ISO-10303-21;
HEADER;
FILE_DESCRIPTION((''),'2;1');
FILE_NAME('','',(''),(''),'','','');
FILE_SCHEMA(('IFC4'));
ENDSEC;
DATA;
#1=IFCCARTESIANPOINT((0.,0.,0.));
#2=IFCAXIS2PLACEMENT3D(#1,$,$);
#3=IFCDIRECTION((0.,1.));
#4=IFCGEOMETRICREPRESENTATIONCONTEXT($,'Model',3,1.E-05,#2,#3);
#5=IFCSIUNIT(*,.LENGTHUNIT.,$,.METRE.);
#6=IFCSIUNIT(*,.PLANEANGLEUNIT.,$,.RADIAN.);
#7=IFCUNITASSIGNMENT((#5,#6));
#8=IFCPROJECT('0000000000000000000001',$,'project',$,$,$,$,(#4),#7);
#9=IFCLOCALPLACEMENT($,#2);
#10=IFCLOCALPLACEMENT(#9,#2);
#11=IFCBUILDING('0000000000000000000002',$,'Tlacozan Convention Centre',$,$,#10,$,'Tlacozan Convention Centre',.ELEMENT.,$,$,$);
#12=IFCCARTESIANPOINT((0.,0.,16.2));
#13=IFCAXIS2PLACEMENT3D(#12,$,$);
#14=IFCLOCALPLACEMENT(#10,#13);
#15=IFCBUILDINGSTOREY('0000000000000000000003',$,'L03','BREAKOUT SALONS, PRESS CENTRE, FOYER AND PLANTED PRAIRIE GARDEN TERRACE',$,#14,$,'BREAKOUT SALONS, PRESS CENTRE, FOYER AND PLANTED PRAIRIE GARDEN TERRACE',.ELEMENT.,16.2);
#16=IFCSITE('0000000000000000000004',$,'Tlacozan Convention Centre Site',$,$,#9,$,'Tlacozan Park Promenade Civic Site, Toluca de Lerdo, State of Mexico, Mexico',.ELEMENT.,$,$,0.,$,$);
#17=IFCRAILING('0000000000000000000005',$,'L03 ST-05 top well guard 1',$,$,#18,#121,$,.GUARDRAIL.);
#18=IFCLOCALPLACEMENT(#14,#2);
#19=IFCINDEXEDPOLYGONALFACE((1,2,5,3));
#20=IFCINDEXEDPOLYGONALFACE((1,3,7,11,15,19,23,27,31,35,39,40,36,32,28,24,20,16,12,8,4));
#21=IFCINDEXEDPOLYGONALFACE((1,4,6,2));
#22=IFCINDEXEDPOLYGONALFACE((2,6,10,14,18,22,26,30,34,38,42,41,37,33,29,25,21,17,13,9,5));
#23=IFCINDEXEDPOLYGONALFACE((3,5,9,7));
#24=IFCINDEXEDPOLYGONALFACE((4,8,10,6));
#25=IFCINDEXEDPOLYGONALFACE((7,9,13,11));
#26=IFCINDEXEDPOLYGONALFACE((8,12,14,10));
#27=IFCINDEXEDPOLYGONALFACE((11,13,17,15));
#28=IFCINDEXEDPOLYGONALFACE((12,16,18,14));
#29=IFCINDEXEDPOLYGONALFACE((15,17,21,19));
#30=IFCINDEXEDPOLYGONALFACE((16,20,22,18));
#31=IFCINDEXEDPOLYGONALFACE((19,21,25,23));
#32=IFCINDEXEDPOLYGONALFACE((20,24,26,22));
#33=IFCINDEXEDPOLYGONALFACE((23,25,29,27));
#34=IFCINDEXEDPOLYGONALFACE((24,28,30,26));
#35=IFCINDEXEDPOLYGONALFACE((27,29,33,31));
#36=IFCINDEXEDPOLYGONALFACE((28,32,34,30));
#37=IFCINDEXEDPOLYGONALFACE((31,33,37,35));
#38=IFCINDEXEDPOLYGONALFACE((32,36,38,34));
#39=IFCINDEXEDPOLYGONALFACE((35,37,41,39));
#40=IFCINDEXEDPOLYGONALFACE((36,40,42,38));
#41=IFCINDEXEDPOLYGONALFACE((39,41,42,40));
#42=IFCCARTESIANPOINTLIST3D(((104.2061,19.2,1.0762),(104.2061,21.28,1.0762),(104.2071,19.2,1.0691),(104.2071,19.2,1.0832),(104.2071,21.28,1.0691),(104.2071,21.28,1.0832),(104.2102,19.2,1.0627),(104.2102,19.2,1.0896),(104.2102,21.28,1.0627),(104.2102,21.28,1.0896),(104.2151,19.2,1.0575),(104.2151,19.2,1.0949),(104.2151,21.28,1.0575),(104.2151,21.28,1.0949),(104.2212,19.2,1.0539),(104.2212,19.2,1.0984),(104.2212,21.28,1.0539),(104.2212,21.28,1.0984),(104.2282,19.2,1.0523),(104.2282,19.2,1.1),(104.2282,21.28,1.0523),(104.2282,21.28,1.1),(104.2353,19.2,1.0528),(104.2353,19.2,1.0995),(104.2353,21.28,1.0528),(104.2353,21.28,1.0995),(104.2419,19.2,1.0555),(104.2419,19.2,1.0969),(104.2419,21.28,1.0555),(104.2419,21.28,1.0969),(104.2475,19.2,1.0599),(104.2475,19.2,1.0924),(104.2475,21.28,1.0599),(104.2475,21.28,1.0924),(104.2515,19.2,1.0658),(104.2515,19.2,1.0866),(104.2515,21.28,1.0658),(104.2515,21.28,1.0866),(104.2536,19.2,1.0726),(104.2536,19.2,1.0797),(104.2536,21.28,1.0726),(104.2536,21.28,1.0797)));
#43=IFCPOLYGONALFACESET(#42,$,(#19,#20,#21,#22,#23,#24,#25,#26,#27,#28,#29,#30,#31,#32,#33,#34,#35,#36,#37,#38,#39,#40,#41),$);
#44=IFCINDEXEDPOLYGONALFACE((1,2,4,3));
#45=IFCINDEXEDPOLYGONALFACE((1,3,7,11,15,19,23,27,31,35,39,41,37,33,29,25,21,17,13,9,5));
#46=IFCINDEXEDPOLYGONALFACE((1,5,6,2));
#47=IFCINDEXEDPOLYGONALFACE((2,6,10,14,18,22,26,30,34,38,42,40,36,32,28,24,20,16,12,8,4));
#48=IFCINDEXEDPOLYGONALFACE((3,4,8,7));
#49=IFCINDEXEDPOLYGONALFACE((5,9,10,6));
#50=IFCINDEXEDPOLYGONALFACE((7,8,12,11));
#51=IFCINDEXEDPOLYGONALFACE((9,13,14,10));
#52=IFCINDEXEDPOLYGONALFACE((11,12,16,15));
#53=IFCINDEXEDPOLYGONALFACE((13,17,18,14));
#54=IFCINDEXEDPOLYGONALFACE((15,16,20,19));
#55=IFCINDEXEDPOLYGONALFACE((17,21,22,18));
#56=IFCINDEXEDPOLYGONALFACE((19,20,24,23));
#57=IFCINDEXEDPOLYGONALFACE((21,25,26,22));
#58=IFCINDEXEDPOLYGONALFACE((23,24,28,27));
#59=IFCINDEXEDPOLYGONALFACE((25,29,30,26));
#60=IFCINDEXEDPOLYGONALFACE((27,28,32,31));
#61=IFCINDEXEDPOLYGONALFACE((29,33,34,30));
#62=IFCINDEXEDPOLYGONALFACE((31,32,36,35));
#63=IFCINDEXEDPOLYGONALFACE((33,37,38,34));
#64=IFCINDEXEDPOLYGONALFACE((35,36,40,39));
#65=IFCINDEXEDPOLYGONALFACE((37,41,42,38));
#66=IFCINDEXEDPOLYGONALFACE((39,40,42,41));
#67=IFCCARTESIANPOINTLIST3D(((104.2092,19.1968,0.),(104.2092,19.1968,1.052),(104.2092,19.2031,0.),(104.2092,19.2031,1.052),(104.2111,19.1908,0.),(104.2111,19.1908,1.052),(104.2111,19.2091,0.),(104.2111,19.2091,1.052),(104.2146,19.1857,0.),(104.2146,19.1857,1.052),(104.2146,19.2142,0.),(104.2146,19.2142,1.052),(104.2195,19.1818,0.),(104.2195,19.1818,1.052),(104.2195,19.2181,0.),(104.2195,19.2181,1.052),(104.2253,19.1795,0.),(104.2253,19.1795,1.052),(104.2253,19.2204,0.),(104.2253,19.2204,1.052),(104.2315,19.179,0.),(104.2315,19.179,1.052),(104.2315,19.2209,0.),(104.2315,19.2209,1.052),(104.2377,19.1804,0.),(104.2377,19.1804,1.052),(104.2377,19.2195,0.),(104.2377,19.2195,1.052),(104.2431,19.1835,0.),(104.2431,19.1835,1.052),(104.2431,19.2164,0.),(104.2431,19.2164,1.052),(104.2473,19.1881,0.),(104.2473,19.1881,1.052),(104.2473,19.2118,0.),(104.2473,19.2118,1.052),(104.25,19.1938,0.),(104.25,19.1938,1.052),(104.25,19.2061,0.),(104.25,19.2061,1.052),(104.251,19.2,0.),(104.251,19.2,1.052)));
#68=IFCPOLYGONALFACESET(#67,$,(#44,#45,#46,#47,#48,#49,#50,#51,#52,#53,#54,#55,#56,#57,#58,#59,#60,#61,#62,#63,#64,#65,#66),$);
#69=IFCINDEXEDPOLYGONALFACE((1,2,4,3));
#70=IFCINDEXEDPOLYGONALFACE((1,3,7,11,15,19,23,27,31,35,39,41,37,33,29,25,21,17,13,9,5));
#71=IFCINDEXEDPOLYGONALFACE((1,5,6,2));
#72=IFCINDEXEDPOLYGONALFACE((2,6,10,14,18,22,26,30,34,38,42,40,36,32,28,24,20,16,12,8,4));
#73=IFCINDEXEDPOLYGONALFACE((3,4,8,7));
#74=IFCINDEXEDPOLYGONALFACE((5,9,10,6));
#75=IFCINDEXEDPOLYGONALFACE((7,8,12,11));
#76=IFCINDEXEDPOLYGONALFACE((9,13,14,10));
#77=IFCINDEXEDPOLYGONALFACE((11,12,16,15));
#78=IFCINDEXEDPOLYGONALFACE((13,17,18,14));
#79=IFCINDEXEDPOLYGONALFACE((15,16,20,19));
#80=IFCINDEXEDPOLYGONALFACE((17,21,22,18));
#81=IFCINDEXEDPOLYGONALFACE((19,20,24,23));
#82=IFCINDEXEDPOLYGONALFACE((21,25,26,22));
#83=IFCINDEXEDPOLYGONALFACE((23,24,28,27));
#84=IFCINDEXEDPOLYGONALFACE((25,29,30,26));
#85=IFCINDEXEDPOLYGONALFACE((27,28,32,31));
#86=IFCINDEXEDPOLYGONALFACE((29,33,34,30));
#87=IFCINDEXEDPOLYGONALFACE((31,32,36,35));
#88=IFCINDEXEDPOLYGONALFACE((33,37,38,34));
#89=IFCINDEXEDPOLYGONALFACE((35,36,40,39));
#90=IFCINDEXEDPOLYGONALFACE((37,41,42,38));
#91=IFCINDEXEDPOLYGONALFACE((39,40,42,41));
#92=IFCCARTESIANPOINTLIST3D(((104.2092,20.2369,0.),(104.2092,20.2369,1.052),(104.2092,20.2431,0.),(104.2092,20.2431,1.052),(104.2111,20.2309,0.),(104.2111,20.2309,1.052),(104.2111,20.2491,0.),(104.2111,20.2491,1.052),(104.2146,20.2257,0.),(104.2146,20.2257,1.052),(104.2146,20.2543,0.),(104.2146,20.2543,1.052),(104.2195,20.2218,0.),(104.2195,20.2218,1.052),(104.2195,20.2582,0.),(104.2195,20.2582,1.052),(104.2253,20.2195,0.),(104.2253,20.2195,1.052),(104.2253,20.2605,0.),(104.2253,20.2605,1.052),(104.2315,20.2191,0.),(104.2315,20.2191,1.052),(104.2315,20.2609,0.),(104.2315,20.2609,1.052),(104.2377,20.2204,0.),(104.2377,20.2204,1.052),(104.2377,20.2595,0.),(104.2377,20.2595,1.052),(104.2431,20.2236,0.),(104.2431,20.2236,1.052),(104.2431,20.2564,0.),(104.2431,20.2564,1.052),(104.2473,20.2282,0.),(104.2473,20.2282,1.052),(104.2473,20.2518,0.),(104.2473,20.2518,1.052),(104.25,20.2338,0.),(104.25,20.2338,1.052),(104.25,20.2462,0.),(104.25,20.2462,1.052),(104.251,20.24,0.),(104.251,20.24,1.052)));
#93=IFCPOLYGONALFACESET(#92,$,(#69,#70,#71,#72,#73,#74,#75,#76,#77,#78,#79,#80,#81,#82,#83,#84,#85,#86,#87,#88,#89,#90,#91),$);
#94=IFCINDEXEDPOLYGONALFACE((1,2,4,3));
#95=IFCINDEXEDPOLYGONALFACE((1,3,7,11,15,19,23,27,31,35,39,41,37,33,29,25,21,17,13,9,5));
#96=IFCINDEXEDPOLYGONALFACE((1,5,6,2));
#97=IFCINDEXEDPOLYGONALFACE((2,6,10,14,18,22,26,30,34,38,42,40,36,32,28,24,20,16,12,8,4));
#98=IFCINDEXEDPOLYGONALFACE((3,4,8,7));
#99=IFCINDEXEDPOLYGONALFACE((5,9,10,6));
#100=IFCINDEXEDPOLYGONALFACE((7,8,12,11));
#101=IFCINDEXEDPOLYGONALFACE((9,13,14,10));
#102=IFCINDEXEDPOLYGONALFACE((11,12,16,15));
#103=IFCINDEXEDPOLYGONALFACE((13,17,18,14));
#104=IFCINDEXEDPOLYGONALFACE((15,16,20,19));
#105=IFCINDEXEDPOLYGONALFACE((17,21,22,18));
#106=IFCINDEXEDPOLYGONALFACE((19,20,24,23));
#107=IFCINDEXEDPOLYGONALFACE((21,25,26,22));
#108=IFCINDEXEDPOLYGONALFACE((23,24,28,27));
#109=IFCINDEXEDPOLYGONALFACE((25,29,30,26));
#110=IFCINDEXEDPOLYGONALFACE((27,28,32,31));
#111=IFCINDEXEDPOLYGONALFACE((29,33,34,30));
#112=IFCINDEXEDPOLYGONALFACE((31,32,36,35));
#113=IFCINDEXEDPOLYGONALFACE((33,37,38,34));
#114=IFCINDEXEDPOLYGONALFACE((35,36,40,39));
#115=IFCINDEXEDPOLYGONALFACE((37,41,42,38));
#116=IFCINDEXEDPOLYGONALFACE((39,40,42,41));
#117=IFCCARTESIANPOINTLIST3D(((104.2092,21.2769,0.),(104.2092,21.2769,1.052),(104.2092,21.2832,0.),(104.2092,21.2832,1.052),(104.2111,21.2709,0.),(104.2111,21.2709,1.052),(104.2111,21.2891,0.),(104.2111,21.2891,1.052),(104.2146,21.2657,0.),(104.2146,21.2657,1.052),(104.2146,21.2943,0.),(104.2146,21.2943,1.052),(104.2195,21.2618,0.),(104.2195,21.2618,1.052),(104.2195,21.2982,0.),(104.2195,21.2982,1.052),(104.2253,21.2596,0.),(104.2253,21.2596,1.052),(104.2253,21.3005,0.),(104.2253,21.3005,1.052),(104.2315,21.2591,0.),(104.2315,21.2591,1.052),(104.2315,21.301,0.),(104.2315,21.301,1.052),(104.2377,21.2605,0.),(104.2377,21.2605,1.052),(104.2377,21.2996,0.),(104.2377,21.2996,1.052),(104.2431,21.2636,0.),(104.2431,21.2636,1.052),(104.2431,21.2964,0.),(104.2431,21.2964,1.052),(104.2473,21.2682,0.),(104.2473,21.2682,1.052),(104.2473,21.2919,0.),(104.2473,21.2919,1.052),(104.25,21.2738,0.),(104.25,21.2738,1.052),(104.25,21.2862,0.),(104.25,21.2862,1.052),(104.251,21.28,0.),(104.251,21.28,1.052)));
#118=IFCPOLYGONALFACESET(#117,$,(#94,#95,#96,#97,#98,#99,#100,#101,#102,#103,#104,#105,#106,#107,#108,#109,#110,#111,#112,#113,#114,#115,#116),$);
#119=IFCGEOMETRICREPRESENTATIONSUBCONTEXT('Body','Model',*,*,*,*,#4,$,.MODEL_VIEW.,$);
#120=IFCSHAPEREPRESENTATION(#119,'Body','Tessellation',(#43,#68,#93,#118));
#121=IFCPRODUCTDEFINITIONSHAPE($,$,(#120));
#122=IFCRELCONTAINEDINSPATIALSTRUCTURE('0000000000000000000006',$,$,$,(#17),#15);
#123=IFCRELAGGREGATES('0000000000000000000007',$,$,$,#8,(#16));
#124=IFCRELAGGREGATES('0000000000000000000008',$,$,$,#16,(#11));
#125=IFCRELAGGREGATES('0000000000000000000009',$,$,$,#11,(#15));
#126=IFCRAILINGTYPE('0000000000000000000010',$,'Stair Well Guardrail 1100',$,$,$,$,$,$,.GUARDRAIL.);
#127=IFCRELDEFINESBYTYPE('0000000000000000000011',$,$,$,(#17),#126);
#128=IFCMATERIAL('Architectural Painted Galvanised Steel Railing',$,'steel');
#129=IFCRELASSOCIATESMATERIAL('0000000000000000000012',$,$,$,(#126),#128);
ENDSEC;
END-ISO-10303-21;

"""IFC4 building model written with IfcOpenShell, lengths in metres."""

from ifc_helpers import new_model, si_unit, direction, frame, origin, origin_2d, place, context, subcontext, project, spatial, circle, extrude, material, type_object, element, save


model = new_model("IFC4")

# Units and contexts
model_context = context("Model", 3, precision=1e-05, world=origin(), true_north=direction((0.0, 1.0)))
body_context = subcontext(model_context, "Body", "Model", "MODEL_VIEW")
ifc_project = project(units=[si_unit("LENGTHUNIT", "METRE"), si_unit("PLANEANGLEUNIT", "RADIAN")], contexts=[model_context])

# Site, building, storey
site_placement = place(None, origin())
site = spatial("IfcSite", under=ifc_project, at=site_placement, Name="Tlacozan Convention Centre Site", LongName="Tlacozan Park Promenade Civic Site, Toluca de Lerdo, State of Mexico, Mexico", CompositionType="ELEMENT", RefElevation=0.0)
building_placement = place(site_placement, origin())
building = spatial("IfcBuilding", under=site, at=building_placement, Name="Tlacozan Convention Centre", LongName="Tlacozan Convention Centre", CompositionType="ELEMENT")
storey_placement = place(building_placement, frame((0.0, 0.0, 16.2)))
storey = spatial("IfcBuildingStorey", under=building, at=storey_placement, Name="L03", Description="BREAKOUT SALONS, PRESS CENTRE, FOYER AND PLANTED PRAIRIE GARDEN TERRACE", LongName="BREAKOUT SALONS, PRESS CENTRE, FOYER AND PLANTED PRAIRIE GARDEN TERRACE", CompositionType="ELEMENT", Elevation=16.2)

# Railing
ifc_material_1 = material(Name="Architectural Painted Galvanised Steel Railing", Category="steel")
railing_type = type_object("IfcRailingType", Name="Stair Well Guardrail 1100", PredefinedType="GUARDRAIL", material=ifc_material_1)
railing_placement = place(storey_placement, frame((104.23, 19.2, 0.0)))
element("IfcRailing", 1, at=railing_placement, inside=storey, type_object=railing_type, Name="L03 ST-05 top well guard 1", PredefinedType="GUARDRAIL", context=body_context, shape_type="SweptSolid", body=[
    extrude(circle(Radius=0.0239, at=origin_2d()), frame((0.0, 0.0, 1.0762), z_axis=(0.0, 1.0, 0.0), x_axis=(-1.0, 0.0, 0.0)), (0.0, 0.0, 1.0), 2.0801),
    extrude(circle(Radius=0.021, at=origin_2d()), origin(), (0.0, 0.0, 1.0), 1.052),
    extrude(circle(Radius=0.021, at=origin_2d()), frame((0.0, 1.04, 0.0)), (0.0, 0.0, 1.0), 1.052),
    extrude(circle(Radius=0.021, at=origin_2d()), frame((0.0, 2.0801, 0.0)), (0.0, 0.0, 1.0), 1.052),
])

save(model, "model.ifc")
